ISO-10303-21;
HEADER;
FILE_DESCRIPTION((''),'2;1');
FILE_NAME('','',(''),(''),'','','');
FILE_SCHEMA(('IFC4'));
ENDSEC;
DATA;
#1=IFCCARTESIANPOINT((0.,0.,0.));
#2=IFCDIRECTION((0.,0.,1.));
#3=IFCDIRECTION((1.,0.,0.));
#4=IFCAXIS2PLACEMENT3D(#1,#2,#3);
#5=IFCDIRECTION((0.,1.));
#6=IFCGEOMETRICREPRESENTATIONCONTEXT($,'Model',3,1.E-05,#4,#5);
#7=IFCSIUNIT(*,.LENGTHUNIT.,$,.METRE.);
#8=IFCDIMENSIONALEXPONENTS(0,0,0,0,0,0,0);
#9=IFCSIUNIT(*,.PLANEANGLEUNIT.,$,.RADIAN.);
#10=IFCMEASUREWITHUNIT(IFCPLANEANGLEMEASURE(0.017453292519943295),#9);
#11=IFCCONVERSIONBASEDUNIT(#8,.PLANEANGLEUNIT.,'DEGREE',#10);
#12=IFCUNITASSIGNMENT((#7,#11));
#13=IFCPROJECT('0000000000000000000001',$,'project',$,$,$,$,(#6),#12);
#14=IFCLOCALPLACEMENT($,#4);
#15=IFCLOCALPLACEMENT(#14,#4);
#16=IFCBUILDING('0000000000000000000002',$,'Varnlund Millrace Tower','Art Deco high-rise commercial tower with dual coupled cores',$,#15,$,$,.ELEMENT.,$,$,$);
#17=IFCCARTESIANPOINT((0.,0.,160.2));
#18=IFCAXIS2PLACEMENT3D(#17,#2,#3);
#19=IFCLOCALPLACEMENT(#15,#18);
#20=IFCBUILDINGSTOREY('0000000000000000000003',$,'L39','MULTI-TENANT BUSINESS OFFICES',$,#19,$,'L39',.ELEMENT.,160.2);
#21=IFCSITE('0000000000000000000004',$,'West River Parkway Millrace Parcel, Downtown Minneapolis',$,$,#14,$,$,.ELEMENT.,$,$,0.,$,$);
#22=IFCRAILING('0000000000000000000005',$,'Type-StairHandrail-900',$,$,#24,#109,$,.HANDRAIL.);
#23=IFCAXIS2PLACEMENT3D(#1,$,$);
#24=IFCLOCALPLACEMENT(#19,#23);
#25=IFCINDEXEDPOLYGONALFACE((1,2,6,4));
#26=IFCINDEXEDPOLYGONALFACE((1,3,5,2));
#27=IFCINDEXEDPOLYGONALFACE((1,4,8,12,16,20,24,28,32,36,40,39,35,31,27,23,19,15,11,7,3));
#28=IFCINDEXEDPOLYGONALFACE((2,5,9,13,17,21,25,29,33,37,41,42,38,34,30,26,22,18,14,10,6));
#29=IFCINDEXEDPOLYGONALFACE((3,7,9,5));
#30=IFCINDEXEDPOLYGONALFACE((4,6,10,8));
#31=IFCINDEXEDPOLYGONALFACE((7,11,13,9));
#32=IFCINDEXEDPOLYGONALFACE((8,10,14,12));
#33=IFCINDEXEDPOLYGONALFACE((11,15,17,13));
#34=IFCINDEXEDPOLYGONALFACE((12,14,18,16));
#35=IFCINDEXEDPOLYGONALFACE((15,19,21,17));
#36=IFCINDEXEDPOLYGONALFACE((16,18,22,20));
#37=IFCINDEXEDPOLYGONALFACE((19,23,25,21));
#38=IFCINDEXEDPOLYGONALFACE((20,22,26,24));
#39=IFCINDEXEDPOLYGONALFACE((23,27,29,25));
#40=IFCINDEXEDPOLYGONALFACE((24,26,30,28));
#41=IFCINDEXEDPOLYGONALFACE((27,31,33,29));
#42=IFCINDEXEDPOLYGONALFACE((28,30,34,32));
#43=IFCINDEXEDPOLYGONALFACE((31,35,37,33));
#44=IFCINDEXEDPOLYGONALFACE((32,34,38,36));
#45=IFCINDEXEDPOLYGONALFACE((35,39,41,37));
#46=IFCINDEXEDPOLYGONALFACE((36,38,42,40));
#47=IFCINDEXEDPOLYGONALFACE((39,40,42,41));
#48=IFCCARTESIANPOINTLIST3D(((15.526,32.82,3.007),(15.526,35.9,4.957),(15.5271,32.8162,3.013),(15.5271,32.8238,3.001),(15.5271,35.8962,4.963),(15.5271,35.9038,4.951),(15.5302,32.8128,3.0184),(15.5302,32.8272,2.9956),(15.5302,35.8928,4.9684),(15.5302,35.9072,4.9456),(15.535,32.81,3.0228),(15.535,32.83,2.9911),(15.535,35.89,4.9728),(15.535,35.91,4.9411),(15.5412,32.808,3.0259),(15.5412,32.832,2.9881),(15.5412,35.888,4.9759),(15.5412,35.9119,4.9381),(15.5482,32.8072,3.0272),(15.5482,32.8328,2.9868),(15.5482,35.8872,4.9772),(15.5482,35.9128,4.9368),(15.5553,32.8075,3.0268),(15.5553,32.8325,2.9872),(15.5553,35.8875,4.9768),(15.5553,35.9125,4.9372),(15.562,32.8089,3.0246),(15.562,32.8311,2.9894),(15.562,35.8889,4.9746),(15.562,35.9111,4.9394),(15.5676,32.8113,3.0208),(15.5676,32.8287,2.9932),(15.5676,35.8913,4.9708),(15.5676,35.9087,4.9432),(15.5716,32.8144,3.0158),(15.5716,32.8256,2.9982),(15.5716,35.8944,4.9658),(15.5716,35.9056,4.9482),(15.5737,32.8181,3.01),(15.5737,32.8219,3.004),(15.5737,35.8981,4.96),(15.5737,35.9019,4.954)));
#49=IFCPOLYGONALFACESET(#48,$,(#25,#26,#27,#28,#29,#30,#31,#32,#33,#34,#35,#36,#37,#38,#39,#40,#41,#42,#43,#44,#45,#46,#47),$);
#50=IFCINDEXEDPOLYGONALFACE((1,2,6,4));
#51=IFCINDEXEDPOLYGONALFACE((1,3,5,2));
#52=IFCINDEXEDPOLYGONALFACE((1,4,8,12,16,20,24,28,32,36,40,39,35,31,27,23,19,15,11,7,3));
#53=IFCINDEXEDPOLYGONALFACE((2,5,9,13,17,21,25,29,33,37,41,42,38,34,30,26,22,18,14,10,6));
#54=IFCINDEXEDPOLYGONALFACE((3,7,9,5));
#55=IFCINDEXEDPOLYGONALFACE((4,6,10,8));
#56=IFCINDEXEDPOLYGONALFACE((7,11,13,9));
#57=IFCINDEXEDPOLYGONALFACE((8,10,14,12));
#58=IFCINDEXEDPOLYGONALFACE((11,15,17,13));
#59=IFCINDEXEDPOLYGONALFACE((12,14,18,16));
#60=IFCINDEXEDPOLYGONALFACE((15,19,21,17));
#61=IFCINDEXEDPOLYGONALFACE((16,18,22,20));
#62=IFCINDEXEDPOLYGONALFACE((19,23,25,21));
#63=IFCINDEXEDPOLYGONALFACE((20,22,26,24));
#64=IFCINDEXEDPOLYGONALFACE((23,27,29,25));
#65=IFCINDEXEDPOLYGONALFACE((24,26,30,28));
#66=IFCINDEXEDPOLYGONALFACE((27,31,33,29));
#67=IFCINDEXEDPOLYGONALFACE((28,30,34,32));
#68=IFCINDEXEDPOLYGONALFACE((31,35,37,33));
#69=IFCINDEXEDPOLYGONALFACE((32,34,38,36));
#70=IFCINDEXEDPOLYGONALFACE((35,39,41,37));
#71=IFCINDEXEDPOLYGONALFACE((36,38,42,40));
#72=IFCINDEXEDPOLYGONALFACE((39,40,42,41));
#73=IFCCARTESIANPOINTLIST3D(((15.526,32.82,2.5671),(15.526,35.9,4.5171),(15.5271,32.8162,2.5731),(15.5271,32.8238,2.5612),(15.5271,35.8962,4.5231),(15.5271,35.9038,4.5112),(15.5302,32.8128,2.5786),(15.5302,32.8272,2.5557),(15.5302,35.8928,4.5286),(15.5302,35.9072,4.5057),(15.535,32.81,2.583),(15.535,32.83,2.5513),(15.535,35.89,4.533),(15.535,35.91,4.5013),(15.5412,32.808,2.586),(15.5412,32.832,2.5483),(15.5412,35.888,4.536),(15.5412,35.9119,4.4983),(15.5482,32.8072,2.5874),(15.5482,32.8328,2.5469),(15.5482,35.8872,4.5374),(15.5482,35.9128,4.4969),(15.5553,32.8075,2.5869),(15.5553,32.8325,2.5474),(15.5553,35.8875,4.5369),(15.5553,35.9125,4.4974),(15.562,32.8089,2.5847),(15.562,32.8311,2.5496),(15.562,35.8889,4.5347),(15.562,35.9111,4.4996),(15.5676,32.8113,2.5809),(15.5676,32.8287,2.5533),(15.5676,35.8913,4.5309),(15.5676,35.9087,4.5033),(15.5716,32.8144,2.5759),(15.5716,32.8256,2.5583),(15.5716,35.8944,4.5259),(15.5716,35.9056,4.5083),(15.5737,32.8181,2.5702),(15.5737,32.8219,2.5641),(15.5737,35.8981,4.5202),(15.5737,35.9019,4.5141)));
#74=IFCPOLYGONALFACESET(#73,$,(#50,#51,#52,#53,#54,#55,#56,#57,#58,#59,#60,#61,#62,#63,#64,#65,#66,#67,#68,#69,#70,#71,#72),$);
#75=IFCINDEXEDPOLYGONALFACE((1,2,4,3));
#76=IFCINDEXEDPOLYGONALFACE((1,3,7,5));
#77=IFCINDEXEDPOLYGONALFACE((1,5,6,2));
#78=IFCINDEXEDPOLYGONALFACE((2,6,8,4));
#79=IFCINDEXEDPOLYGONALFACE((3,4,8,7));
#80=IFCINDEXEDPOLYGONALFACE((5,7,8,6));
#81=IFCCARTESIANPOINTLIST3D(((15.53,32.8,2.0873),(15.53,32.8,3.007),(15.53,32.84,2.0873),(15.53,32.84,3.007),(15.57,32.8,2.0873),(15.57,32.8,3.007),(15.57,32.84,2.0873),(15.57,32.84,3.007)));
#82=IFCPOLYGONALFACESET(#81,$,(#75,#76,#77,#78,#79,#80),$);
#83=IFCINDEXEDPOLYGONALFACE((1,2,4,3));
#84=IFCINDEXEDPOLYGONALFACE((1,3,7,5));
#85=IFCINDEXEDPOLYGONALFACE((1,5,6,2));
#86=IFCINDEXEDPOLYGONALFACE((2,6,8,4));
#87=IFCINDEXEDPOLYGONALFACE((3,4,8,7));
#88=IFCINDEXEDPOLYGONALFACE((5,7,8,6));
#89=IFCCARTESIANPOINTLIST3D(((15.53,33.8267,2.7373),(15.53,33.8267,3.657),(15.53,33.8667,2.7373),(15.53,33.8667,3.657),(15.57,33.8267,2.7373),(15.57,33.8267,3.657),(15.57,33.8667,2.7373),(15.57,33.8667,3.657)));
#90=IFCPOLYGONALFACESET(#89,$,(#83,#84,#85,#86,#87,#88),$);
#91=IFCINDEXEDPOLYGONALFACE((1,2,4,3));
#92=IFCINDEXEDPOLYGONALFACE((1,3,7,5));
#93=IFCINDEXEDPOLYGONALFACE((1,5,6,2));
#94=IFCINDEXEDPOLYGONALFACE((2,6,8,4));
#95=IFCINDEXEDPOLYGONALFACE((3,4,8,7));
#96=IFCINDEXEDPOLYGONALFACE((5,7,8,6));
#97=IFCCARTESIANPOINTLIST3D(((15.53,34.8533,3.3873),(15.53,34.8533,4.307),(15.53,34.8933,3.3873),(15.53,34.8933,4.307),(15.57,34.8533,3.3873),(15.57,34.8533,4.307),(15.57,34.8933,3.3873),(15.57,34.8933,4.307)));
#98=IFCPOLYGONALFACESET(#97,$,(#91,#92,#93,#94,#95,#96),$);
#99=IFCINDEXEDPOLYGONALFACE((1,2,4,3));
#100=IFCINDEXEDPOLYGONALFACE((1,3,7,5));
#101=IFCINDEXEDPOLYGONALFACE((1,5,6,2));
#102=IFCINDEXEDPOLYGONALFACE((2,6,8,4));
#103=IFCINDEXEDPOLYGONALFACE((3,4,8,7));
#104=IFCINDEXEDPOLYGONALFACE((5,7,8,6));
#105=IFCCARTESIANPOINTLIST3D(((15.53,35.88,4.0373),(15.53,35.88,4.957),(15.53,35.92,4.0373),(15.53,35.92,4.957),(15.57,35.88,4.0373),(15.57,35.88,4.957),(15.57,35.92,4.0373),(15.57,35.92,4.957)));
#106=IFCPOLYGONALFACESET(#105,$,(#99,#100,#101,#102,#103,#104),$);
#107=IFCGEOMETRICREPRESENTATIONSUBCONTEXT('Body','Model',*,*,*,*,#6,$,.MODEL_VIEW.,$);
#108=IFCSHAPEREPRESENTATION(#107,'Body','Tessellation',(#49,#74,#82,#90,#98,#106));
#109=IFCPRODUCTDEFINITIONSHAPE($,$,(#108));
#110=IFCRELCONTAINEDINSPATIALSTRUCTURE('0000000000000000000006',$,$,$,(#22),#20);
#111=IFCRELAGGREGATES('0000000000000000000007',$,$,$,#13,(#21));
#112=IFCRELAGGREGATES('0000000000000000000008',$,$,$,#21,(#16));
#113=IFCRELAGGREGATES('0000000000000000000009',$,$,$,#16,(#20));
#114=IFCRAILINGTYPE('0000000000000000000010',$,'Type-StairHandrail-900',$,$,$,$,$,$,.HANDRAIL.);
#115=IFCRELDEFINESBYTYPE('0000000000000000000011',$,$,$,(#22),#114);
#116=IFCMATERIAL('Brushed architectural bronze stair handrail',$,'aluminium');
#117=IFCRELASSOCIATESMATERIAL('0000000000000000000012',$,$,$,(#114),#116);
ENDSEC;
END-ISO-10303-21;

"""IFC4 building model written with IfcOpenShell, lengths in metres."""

from ifc_helpers import new_model, entity, si_unit, converted_unit, direction, frame, origin_with_axes, origin_2d_with_axis, place, context, subcontext, project, spatial, rectangle, circle, extrude, material, type_object, element, save


model = new_model("IFC4")

# Units and contexts
model_context = context("Model", 3, precision=1e-05, world=origin_with_axes(), true_north=direction((0.0, 1.0)))
body_context = subcontext(model_context, "Body", "Model", "MODEL_VIEW")
ifc_project = project(units=[si_unit("LENGTHUNIT", "METRE"), converted_unit("PLANEANGLEUNIT", "DEGREE", entity("IfcPlaneAngleMeasure", 0.017453292519943295), si_unit("PLANEANGLEUNIT", "RADIAN"), dimensions=[0, 0, 0, 0, 0, 0, 0])], contexts=[model_context])

# Site, building, storey
site_placement = place(None, origin_with_axes())
site = spatial("IfcSite", under=ifc_project, at=site_placement, Name="West River Parkway Millrace Parcel, Downtown Minneapolis", CompositionType="ELEMENT", RefElevation=0.0)
building_placement = place(site_placement, origin_with_axes())
building = spatial("IfcBuilding", under=site, at=building_placement, Name="Varnlund Millrace Tower", Description="Art Deco high-rise commercial tower with dual coupled cores", CompositionType="ELEMENT")
storey_placement = place(building_placement, frame((0.0, 0.0, 160.2), z_axis=(0.0, 0.0, 1.0), x_axis=(1.0, 0.0, 0.0)))
storey = spatial("IfcBuildingStorey", under=building, at=storey_placement, Name="L39", Description="MULTI-TENANT BUSINESS OFFICES", LongName="L39", CompositionType="ELEMENT", Elevation=160.2)

# Railing
ifc_material_1 = material(Name="Brushed architectural bronze stair handrail", Category="aluminium")
railing_type_1 = type_object("IfcRailingType", Name="Type-StairHandrail-900", PredefinedType="HANDRAIL", material=ifc_material_1)
railing_1_placement = place(storey_placement, frame((0.0, 0.0, -160.2), z_axis=(0.0, 0.0, 1.0), x_axis=(1.0, 0.0, 0.0)))
element("IfcRailing", 1, at=railing_1_placement, inside=storey, type_object=railing_type_1, Name="Type-StairHandrail-900", PredefinedType="HANDRAIL", context=body_context, shape_type="SweptSolid", body=[
    extrude(circle(Radius=0.024, at=origin_2d_with_axis()), frame((15.55, 32.82, 163.207), z_axis=(0.0, 0.844902, 0.534922), x_axis=(-1.0, 0.0, 0.0)), (0.0, 0.0, 1.0), 3.6454),
    extrude(circle(Radius=0.024, at=origin_2d_with_axis()), frame((15.55, 32.82, 162.7671), z_axis=(0.0, 0.844902, 0.534922), x_axis=(-1.0, 0.0, 0.0)), (0.0, 0.0, 1.0), 3.6454),
    extrude(rectangle(XDim=0.04, YDim=0.04, at=origin_2d_with_axis()), frame((15.55, 32.82, 162.2873), z_axis=(0.0, 0.0, 1.0), x_axis=(1.0, 0.0, 0.0)), (0.0, 0.0, 1.0), 0.9197),
    extrude(rectangle(XDim=0.04, YDim=0.04, at=origin_2d_with_axis()), frame((15.55, 33.8467, 162.9373), z_axis=(0.0, 0.0, 1.0), x_axis=(1.0, 0.0, 0.0)), (0.0, 0.0, 1.0), 0.9197),
    extrude(rectangle(XDim=0.04, YDim=0.04, at=origin_2d_with_axis()), frame((15.55, 34.8733, 163.5873), z_axis=(0.0, 0.0, 1.0), x_axis=(1.0, 0.0, 0.0)), (0.0, 0.0, 1.0), 0.9197),
    extrude(rectangle(XDim=0.04, YDim=0.04, at=origin_2d_with_axis()), frame((15.55, 35.9, 164.2373), z_axis=(0.0, 0.0, 1.0), x_axis=(1.0, 0.0, 0.0)), (0.0, 0.0, 1.0), 0.9197),
])

save(model, "model.ifc")
